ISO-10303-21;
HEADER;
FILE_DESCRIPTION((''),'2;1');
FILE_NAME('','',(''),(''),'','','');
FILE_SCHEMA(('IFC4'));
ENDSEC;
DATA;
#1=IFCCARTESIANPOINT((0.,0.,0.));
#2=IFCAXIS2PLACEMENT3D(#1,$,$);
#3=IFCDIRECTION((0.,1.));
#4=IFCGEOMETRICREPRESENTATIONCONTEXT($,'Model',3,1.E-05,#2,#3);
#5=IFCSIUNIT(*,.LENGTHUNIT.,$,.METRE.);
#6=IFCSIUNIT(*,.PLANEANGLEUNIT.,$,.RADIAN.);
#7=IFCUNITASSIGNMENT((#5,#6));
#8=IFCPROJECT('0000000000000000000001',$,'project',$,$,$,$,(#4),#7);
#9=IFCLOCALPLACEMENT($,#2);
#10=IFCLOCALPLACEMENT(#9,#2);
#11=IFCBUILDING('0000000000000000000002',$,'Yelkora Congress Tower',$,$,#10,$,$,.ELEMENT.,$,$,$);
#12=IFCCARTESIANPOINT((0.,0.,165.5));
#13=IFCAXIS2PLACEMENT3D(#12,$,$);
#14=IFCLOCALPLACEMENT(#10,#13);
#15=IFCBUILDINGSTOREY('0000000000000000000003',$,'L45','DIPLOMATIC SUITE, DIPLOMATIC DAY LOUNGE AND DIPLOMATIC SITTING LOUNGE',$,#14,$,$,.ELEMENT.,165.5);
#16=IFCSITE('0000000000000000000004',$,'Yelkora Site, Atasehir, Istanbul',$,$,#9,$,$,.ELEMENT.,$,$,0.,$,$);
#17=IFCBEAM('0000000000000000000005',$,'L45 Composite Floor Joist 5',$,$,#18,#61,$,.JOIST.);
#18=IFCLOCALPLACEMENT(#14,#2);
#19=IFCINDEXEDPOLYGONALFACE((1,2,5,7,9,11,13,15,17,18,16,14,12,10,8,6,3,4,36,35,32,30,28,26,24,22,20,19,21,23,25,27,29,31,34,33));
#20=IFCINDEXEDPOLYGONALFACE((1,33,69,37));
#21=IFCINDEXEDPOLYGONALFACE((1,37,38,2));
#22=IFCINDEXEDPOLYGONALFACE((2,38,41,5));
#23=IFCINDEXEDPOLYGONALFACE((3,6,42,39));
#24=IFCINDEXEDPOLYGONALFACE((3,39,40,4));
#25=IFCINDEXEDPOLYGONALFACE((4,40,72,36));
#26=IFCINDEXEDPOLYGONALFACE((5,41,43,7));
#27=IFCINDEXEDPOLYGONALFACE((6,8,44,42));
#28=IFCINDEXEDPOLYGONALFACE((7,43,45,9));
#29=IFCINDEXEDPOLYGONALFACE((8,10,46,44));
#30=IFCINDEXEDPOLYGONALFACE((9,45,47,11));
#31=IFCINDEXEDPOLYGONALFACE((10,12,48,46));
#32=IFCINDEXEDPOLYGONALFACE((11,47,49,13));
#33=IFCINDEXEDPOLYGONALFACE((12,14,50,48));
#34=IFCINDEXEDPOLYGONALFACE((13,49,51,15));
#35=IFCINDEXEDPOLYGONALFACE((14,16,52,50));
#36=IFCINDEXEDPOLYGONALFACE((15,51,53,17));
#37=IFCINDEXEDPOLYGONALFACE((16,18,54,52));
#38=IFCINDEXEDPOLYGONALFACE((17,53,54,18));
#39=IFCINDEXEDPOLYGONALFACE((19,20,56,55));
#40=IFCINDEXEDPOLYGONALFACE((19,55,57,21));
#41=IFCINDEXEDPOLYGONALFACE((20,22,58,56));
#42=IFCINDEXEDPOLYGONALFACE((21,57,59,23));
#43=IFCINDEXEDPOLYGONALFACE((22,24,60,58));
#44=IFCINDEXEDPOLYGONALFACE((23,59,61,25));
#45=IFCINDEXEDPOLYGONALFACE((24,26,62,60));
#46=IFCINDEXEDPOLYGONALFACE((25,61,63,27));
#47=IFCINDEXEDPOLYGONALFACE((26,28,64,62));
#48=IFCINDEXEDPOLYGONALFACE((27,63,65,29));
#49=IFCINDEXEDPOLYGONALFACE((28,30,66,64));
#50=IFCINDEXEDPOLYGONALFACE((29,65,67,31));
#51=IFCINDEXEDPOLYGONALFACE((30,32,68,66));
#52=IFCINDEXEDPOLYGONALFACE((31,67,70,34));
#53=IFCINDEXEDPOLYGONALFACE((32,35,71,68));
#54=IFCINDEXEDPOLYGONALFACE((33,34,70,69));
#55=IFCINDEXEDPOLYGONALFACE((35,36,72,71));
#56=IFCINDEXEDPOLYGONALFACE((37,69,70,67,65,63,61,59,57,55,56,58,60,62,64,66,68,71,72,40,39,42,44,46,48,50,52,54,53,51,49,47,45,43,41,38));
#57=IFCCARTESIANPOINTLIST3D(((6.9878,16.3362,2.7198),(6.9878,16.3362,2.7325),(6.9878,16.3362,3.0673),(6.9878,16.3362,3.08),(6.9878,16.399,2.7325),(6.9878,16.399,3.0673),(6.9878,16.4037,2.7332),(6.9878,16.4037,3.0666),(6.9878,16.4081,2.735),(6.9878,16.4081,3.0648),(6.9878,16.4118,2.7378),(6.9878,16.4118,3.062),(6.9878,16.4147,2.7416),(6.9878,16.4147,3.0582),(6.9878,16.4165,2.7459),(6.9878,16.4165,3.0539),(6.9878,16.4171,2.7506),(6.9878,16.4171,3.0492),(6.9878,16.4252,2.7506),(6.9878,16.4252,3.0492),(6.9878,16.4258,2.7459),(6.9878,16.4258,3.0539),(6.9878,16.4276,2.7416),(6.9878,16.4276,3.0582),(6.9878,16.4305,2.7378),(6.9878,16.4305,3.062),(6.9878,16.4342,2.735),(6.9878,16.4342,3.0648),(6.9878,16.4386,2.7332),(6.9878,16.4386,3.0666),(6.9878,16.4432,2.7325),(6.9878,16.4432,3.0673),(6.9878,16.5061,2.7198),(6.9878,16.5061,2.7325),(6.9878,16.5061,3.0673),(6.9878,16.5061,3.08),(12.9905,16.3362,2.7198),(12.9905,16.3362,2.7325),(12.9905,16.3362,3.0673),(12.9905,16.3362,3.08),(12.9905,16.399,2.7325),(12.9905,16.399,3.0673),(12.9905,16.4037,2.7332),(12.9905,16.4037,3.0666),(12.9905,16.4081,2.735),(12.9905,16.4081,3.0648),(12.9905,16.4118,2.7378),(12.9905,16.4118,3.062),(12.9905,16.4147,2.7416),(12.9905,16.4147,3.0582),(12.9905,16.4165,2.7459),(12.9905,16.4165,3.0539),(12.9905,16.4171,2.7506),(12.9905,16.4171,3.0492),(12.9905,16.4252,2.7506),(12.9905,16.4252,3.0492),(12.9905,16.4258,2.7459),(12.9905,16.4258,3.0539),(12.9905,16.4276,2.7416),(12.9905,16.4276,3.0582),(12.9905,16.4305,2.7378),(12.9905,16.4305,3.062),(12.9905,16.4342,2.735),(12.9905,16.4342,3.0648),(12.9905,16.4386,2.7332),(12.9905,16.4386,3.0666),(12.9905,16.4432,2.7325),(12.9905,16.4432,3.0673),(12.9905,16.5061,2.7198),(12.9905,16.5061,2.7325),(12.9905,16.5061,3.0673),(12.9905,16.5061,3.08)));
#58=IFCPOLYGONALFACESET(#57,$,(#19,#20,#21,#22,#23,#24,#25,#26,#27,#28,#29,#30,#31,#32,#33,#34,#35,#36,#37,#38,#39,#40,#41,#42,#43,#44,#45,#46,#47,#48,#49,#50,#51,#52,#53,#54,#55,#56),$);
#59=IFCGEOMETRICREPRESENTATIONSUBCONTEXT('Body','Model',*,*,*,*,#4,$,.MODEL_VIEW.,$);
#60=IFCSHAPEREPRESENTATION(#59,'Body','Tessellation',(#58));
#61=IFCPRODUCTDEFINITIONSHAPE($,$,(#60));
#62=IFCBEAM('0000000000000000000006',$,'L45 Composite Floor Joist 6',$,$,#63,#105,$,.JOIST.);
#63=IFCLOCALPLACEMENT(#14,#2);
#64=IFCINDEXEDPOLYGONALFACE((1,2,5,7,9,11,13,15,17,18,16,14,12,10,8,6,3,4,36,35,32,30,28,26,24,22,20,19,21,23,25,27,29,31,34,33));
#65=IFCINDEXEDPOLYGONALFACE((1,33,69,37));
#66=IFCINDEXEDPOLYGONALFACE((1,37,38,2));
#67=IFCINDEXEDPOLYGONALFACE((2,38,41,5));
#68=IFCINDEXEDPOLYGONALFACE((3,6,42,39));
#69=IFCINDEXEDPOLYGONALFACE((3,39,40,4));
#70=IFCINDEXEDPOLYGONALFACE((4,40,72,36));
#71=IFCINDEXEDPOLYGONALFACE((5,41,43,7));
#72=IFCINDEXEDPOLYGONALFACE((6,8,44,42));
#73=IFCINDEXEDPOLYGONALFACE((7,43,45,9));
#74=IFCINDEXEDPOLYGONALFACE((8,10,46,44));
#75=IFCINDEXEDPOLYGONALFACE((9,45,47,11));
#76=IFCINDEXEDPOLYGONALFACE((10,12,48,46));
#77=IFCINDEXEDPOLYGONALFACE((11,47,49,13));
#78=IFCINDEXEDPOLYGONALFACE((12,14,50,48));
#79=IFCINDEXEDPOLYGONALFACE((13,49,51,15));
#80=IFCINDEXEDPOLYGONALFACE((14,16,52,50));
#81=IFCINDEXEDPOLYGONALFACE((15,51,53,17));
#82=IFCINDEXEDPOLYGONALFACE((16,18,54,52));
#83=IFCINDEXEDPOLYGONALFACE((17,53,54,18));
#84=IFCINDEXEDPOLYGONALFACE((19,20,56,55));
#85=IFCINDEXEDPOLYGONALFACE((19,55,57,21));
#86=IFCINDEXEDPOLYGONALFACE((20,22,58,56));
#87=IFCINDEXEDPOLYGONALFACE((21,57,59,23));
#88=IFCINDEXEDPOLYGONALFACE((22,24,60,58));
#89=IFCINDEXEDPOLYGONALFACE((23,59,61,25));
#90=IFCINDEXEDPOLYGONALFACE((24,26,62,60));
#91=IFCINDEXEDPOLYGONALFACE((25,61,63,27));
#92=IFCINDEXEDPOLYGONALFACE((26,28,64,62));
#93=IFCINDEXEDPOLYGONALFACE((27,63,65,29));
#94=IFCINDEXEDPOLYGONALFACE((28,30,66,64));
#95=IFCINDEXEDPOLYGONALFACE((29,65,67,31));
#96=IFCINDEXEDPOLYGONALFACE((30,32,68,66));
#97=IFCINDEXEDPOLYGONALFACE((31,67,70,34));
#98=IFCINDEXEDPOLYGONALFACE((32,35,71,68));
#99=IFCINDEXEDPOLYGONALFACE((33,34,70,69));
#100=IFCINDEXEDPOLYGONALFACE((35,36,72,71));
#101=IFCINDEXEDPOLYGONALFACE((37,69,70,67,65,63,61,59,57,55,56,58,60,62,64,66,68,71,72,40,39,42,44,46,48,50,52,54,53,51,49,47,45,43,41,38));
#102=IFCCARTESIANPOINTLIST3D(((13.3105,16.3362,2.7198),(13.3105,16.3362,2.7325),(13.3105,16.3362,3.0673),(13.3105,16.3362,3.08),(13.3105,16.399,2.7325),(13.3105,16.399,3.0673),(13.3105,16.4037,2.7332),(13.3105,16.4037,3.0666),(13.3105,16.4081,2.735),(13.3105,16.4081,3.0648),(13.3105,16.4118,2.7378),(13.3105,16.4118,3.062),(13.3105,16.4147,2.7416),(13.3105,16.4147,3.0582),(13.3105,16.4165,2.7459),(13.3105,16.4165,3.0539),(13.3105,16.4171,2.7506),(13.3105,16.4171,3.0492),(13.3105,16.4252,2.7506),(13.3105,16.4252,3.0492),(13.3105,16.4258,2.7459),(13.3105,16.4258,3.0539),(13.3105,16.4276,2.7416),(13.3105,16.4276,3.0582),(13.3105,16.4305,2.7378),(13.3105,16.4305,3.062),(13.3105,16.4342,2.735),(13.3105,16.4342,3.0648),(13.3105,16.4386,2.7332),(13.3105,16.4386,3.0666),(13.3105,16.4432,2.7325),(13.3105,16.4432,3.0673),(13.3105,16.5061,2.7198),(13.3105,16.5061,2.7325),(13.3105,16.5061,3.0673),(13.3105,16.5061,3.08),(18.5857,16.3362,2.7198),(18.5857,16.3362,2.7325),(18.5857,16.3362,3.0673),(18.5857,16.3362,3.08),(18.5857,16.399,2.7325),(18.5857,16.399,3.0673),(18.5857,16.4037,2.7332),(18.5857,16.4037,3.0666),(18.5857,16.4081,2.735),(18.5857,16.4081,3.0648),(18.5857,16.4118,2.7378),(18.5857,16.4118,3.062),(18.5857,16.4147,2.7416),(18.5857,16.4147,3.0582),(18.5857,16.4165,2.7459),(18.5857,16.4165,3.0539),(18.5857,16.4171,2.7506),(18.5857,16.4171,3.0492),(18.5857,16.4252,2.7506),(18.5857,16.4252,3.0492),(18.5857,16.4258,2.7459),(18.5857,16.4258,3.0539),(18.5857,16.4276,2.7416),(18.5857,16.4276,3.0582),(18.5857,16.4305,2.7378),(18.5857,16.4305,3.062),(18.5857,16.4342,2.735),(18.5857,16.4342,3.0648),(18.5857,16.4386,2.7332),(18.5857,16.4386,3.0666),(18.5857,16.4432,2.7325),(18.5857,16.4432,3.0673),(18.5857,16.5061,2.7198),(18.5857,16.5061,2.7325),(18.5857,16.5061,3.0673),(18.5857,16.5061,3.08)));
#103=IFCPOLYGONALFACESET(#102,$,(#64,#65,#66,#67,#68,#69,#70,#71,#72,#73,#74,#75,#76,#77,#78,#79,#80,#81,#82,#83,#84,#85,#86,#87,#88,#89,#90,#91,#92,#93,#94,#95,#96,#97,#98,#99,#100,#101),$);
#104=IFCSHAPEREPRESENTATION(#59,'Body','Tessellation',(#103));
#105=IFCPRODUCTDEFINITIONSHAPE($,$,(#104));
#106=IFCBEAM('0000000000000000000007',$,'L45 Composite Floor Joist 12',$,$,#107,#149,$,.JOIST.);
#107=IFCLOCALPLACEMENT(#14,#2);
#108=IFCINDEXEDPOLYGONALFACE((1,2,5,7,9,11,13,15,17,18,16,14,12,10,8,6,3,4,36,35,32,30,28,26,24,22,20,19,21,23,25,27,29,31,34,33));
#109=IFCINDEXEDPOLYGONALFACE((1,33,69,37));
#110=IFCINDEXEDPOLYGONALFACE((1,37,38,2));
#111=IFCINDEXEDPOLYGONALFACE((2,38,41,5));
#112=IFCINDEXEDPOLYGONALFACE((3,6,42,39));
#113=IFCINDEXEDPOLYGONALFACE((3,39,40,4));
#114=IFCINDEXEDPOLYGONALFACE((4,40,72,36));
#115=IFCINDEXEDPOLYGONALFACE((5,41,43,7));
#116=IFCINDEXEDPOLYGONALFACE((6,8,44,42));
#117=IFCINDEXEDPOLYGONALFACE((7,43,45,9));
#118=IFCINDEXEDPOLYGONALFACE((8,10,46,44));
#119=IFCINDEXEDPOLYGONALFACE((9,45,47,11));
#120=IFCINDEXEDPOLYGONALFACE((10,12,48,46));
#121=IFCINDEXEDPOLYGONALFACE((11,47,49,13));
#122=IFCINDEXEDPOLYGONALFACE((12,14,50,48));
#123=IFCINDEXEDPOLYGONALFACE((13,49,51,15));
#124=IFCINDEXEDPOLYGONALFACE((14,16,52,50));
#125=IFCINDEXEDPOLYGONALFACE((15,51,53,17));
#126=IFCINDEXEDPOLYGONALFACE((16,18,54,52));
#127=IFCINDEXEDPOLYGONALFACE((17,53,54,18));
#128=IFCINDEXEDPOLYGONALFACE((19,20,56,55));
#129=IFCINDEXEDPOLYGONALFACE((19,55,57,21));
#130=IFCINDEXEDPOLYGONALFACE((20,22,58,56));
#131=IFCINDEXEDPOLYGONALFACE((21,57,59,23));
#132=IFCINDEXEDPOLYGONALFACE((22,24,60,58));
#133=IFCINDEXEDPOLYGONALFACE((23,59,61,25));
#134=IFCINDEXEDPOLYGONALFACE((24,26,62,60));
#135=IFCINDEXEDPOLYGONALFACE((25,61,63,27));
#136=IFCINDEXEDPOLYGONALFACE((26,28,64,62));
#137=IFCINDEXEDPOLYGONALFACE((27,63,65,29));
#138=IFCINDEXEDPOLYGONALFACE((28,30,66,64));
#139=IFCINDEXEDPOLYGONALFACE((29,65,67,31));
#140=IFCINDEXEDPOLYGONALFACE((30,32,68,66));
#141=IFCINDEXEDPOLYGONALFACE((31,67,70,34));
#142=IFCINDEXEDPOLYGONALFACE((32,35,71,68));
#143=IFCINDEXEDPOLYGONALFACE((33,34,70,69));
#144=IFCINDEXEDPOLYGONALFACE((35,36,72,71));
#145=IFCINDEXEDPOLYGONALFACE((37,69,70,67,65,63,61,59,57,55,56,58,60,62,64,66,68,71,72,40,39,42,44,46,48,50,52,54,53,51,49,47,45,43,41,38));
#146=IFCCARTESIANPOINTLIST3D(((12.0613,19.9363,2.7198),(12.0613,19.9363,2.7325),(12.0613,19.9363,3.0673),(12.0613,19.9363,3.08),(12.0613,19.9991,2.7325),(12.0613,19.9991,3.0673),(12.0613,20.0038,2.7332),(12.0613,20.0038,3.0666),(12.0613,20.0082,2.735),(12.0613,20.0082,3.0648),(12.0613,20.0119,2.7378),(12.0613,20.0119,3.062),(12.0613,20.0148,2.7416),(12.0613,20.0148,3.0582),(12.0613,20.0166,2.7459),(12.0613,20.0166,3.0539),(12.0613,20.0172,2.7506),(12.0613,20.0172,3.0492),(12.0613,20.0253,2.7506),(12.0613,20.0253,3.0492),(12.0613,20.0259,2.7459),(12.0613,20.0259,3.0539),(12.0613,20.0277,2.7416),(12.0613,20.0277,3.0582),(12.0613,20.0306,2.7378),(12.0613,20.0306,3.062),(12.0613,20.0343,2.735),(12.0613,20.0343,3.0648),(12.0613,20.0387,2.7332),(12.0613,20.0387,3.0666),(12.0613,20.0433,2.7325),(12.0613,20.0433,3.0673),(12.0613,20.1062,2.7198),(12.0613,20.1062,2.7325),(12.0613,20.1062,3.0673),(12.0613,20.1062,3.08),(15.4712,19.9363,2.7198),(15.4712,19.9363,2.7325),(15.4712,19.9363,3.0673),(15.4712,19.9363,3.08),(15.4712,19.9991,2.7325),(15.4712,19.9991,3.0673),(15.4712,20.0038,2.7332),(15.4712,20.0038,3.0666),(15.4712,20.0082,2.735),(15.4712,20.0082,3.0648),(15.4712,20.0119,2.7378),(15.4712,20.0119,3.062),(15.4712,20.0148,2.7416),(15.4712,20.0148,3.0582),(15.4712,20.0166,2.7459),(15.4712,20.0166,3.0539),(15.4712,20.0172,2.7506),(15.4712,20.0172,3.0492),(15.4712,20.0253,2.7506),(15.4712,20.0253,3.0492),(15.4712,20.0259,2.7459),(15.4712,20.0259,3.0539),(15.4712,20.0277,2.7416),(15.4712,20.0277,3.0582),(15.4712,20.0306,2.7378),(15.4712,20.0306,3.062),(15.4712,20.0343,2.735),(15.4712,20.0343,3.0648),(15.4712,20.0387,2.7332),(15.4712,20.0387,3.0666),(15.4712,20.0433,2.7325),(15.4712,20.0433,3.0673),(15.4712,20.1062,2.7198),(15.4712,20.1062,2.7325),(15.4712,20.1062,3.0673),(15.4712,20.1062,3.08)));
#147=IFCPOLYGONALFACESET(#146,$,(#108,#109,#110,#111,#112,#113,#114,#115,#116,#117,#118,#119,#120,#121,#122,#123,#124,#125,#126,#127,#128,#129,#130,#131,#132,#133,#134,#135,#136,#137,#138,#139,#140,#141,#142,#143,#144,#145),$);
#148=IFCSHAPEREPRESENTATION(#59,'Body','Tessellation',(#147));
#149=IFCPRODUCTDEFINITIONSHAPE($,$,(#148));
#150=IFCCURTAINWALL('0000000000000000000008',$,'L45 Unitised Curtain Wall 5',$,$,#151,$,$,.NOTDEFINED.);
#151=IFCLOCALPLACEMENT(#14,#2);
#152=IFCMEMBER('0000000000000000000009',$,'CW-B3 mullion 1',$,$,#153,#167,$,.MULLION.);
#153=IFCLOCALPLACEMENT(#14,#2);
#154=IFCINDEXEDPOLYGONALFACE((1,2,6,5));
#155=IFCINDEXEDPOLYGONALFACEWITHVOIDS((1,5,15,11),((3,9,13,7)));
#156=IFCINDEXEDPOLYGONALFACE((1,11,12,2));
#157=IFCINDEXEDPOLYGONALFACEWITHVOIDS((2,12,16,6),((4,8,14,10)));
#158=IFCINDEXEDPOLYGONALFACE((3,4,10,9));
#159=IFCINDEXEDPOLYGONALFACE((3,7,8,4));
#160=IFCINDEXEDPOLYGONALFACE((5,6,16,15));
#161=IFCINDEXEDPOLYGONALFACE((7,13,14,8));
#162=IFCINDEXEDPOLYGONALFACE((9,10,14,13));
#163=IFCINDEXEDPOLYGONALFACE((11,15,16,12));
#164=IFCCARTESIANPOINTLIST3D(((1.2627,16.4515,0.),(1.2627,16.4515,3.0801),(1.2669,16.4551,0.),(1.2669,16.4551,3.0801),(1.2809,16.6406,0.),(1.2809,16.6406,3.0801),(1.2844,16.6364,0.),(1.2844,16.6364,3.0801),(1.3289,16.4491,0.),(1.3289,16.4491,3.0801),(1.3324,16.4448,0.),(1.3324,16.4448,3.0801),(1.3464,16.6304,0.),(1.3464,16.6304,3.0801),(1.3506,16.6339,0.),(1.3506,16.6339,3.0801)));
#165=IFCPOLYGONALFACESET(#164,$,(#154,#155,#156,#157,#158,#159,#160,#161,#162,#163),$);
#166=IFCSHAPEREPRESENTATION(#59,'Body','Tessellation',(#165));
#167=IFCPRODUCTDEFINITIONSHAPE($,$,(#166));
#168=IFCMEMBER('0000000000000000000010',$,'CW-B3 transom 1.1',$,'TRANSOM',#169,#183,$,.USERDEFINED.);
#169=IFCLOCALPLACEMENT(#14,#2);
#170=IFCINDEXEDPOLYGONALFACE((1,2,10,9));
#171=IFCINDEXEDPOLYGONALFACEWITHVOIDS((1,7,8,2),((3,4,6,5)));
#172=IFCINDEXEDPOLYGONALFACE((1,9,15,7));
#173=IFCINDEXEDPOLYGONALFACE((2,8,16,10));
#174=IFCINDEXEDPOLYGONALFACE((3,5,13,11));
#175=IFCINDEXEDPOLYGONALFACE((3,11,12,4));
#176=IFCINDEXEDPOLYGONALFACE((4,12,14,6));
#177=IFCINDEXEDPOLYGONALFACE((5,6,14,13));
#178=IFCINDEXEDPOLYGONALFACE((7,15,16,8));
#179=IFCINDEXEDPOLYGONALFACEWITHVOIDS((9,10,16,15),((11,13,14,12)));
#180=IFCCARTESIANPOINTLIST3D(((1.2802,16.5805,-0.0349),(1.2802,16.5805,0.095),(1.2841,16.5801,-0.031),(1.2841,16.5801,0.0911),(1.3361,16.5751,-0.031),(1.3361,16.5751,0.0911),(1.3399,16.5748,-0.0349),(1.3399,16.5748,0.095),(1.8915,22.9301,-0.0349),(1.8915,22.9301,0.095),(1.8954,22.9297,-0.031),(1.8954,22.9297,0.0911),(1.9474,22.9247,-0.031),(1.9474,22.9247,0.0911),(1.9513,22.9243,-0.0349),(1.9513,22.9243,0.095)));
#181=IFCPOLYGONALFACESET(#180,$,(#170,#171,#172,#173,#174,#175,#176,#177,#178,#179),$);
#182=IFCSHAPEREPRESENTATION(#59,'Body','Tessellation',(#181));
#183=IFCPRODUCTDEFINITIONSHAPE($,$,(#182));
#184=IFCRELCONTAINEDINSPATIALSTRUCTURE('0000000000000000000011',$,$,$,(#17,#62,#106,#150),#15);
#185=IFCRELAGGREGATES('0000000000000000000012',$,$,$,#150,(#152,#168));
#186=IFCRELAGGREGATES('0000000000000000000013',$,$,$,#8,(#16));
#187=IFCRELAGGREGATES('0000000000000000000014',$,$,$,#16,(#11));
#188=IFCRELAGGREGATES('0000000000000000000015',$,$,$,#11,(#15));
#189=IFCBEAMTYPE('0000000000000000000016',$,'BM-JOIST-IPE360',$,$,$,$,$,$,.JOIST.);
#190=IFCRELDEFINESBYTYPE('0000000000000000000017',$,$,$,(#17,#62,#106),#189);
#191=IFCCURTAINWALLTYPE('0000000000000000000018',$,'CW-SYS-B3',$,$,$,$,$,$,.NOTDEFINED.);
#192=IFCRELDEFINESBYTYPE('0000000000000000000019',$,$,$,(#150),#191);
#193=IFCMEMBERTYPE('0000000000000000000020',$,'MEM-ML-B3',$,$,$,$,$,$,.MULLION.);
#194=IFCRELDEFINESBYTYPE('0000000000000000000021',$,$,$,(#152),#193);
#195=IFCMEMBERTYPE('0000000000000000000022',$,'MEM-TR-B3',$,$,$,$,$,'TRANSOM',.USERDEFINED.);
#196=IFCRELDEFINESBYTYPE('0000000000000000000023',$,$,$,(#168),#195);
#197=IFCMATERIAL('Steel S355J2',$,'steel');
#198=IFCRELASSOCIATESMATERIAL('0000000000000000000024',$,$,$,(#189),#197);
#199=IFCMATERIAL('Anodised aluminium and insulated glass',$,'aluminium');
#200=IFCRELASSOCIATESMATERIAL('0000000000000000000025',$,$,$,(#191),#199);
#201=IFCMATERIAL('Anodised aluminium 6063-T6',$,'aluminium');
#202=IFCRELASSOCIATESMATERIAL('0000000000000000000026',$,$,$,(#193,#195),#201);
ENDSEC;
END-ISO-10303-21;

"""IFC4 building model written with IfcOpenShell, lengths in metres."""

from ifc_helpers import new_model, si_unit, direction, frame, origin, origin_2d, place, context, subcontext, project, spatial, hollow_rectangle, i_section, extrude, material, material_profile, profile_set, type_object, element, aggregate, save


model = new_model("IFC4")

# Units and contexts
model_context = context("Model", 3, precision=1e-05, world=origin(), true_north=direction((0.0, 1.0)))
body_context = subcontext(model_context, "Body", "Model", "MODEL_VIEW")
ifc_project = project(units=[si_unit("LENGTHUNIT", "METRE"), si_unit("PLANEANGLEUNIT", "RADIAN")], contexts=[model_context])

# Site, building, storey
site_placement = place(None, origin())
site = spatial("IfcSite", under=ifc_project, at=site_placement, Name="Yelkora Site, Atasehir, Istanbul", CompositionType="ELEMENT", RefElevation=0.0)
building_placement = place(site_placement, origin())
building = spatial("IfcBuilding", under=site, at=building_placement, Name="Yelkora Congress Tower", CompositionType="ELEMENT")
storey_placement = place(building_placement, frame((0.0, 0.0, 165.5)))
storey = spatial("IfcBuildingStorey", under=building, at=storey_placement, Name="L45", Description="DIPLOMATIC SUITE, DIPLOMATIC DAY LOUNGE AND DIPLOMATIC SITTING LOUNGE", CompositionType="ELEMENT", Elevation=165.5)

# Beams
ifc_material_1 = material(Name="Steel S355J2", Category="steel")
ifc_material_profile_1 = material_profile(ifc_material_1, i_section(OverallWidth=0.1699, OverallDepth=0.3601, WebThickness=0.0081, FlangeThickness=0.0127, FilletRadius=0.0181, at=origin_2d()), Name="IPE 360")
ifc_profile_set_1 = profile_set([ifc_material_profile_1], Name="Steel S355J2")
beam_type = type_object("IfcBeamType", Name="BM-JOIST-IPE360", PredefinedType="JOIST", material=ifc_profile_set_1)
beam_1_placement = place(storey_placement, frame((6.9878, 16.4211, 2.8999), z_axis=(1.0, 0.0, 0.0), x_axis=(0.0, 1.0, 0.0)))
element("IfcBeam", 1, at=beam_1_placement, inside=storey, type_object=beam_type, Name="L45 Composite Floor Joist 5", PredefinedType="JOIST", context=body_context, shape_type="SweptSolid", body=[
    extrude(i_section(OverallWidth=0.1699, OverallDepth=0.3601, WebThickness=0.0081, FlangeThickness=0.0127, FilletRadius=0.0181, at=origin_2d()), origin(), (0.0, 0.0, 1.0), 6.0027),
])
beam_2_placement = place(storey_placement, frame((13.3105, 16.4211, 2.8999), z_axis=(1.0, 0.0, 0.0), x_axis=(0.0, 1.0, 0.0)))
element("IfcBeam", 2, at=beam_2_placement, inside=storey, type_object=beam_type, Name="L45 Composite Floor Joist 6", PredefinedType="JOIST", context=body_context, shape_type="SweptSolid", body=[
    extrude(i_section(OverallWidth=0.1699, OverallDepth=0.3601, WebThickness=0.0081, FlangeThickness=0.0127, FilletRadius=0.0181, at=origin_2d()), origin(), (0.0, 0.0, 1.0), 5.2751),
])
beam_3_placement = place(storey_placement, frame((12.0613, 20.0212, 2.8999), z_axis=(1.0, 0.0, 0.0), x_axis=(0.0, 1.0, 0.0)))
element("IfcBeam", 3, at=beam_3_placement, inside=storey, type_object=beam_type, Name="L45 Composite Floor Joist 12", PredefinedType="JOIST", context=body_context, shape_type="SweptSolid", body=[
    extrude(i_section(OverallWidth=0.1699, OverallDepth=0.3601, WebThickness=0.0081, FlangeThickness=0.0127, FilletRadius=0.0181, at=origin_2d()), origin(), (0.0, 0.0, 1.0), 3.4099),
])

# Curtain wall, members
ifc_material_2 = material(Name="Anodised aluminium and insulated glass", Category="aluminium")
curtain_wall_type = type_object("IfcCurtainWallType", Name="CW-SYS-B3", PredefinedType="NOTDEFINED", material=ifc_material_2)
curtain_wall_placement = place(storey_placement, origin())
curtain_wall = element("IfcCurtainWall", 4, at=curtain_wall_placement, inside=storey, type_object=curtain_wall_type, Name="L45 Unitised Curtain Wall 5", PredefinedType="NOTDEFINED")
ifc_material_3 = material(Name="Anodised aluminium 6063-T6", Category="aluminium")
ifc_material_profile_2 = material_profile(ifc_material_3, hollow_rectangle(XDim=0.0701, YDim=0.1899, WallThickness=0.0039, at=origin_2d()), Name="ALU 70x190x4")
ifc_profile_set_2 = profile_set([ifc_material_profile_2], Name="Anodised aluminium 6063-T6")
member_type_1 = type_object("IfcMemberType", Name="MEM-ML-B3", PredefinedType="MULLION", material=ifc_profile_set_2)
member_1_placement = place(storey_placement, frame((1.3066, 16.5427, 0.0), z_axis=(0.0, 0.0, 1.0), x_axis=(-0.995396, 0.095845, 0.0)))
member_1 = element("IfcMember", 5, at=member_1_placement, type_object=member_type_1, Name="CW-B3 mullion 1", PredefinedType="MULLION", context=body_context, shape_type="SweptSolid", body=[
    extrude(hollow_rectangle(XDim=0.0701, YDim=0.1899, WallThickness=0.0039, at=origin_2d()), origin(), (0.0, 0.0, 1.0), 3.0801),
])
ifc_material_profile_3 = material_profile(ifc_material_3, hollow_rectangle(XDim=0.0601, YDim=0.1299, WallThickness=0.0039, at=origin_2d()), Name="ALU 60x130x4")
ifc_profile_set_3 = profile_set([ifc_material_profile_3], Name="Anodised aluminium 6063-T6")
member_type_2 = type_object("IfcMemberType", Name="MEM-TR-B3", ElementType="TRANSOM", PredefinedType="USERDEFINED", material=ifc_profile_set_3)
member_2_placement = place(storey_placement, frame((1.3101, 16.5776, 0.03), z_axis=(0.095835, 0.995397, 0.0), x_axis=(-0.995397, 0.095835, 0.0)))
member_2 = element("IfcMember", 6, at=member_2_placement, type_object=member_type_2, Name="CW-B3 transom 1.1", ObjectType="TRANSOM", PredefinedType="USERDEFINED", context=body_context, shape_type="SweptSolid", body=[
    extrude(hollow_rectangle(XDim=0.0601, YDim=0.1299, WallThickness=0.0039, at=origin_2d()), origin(), (0.0, 0.0, 1.0), 6.3789),
])
aggregate(curtain_wall, [member_1, member_2])

save(model, "model.ifc")
